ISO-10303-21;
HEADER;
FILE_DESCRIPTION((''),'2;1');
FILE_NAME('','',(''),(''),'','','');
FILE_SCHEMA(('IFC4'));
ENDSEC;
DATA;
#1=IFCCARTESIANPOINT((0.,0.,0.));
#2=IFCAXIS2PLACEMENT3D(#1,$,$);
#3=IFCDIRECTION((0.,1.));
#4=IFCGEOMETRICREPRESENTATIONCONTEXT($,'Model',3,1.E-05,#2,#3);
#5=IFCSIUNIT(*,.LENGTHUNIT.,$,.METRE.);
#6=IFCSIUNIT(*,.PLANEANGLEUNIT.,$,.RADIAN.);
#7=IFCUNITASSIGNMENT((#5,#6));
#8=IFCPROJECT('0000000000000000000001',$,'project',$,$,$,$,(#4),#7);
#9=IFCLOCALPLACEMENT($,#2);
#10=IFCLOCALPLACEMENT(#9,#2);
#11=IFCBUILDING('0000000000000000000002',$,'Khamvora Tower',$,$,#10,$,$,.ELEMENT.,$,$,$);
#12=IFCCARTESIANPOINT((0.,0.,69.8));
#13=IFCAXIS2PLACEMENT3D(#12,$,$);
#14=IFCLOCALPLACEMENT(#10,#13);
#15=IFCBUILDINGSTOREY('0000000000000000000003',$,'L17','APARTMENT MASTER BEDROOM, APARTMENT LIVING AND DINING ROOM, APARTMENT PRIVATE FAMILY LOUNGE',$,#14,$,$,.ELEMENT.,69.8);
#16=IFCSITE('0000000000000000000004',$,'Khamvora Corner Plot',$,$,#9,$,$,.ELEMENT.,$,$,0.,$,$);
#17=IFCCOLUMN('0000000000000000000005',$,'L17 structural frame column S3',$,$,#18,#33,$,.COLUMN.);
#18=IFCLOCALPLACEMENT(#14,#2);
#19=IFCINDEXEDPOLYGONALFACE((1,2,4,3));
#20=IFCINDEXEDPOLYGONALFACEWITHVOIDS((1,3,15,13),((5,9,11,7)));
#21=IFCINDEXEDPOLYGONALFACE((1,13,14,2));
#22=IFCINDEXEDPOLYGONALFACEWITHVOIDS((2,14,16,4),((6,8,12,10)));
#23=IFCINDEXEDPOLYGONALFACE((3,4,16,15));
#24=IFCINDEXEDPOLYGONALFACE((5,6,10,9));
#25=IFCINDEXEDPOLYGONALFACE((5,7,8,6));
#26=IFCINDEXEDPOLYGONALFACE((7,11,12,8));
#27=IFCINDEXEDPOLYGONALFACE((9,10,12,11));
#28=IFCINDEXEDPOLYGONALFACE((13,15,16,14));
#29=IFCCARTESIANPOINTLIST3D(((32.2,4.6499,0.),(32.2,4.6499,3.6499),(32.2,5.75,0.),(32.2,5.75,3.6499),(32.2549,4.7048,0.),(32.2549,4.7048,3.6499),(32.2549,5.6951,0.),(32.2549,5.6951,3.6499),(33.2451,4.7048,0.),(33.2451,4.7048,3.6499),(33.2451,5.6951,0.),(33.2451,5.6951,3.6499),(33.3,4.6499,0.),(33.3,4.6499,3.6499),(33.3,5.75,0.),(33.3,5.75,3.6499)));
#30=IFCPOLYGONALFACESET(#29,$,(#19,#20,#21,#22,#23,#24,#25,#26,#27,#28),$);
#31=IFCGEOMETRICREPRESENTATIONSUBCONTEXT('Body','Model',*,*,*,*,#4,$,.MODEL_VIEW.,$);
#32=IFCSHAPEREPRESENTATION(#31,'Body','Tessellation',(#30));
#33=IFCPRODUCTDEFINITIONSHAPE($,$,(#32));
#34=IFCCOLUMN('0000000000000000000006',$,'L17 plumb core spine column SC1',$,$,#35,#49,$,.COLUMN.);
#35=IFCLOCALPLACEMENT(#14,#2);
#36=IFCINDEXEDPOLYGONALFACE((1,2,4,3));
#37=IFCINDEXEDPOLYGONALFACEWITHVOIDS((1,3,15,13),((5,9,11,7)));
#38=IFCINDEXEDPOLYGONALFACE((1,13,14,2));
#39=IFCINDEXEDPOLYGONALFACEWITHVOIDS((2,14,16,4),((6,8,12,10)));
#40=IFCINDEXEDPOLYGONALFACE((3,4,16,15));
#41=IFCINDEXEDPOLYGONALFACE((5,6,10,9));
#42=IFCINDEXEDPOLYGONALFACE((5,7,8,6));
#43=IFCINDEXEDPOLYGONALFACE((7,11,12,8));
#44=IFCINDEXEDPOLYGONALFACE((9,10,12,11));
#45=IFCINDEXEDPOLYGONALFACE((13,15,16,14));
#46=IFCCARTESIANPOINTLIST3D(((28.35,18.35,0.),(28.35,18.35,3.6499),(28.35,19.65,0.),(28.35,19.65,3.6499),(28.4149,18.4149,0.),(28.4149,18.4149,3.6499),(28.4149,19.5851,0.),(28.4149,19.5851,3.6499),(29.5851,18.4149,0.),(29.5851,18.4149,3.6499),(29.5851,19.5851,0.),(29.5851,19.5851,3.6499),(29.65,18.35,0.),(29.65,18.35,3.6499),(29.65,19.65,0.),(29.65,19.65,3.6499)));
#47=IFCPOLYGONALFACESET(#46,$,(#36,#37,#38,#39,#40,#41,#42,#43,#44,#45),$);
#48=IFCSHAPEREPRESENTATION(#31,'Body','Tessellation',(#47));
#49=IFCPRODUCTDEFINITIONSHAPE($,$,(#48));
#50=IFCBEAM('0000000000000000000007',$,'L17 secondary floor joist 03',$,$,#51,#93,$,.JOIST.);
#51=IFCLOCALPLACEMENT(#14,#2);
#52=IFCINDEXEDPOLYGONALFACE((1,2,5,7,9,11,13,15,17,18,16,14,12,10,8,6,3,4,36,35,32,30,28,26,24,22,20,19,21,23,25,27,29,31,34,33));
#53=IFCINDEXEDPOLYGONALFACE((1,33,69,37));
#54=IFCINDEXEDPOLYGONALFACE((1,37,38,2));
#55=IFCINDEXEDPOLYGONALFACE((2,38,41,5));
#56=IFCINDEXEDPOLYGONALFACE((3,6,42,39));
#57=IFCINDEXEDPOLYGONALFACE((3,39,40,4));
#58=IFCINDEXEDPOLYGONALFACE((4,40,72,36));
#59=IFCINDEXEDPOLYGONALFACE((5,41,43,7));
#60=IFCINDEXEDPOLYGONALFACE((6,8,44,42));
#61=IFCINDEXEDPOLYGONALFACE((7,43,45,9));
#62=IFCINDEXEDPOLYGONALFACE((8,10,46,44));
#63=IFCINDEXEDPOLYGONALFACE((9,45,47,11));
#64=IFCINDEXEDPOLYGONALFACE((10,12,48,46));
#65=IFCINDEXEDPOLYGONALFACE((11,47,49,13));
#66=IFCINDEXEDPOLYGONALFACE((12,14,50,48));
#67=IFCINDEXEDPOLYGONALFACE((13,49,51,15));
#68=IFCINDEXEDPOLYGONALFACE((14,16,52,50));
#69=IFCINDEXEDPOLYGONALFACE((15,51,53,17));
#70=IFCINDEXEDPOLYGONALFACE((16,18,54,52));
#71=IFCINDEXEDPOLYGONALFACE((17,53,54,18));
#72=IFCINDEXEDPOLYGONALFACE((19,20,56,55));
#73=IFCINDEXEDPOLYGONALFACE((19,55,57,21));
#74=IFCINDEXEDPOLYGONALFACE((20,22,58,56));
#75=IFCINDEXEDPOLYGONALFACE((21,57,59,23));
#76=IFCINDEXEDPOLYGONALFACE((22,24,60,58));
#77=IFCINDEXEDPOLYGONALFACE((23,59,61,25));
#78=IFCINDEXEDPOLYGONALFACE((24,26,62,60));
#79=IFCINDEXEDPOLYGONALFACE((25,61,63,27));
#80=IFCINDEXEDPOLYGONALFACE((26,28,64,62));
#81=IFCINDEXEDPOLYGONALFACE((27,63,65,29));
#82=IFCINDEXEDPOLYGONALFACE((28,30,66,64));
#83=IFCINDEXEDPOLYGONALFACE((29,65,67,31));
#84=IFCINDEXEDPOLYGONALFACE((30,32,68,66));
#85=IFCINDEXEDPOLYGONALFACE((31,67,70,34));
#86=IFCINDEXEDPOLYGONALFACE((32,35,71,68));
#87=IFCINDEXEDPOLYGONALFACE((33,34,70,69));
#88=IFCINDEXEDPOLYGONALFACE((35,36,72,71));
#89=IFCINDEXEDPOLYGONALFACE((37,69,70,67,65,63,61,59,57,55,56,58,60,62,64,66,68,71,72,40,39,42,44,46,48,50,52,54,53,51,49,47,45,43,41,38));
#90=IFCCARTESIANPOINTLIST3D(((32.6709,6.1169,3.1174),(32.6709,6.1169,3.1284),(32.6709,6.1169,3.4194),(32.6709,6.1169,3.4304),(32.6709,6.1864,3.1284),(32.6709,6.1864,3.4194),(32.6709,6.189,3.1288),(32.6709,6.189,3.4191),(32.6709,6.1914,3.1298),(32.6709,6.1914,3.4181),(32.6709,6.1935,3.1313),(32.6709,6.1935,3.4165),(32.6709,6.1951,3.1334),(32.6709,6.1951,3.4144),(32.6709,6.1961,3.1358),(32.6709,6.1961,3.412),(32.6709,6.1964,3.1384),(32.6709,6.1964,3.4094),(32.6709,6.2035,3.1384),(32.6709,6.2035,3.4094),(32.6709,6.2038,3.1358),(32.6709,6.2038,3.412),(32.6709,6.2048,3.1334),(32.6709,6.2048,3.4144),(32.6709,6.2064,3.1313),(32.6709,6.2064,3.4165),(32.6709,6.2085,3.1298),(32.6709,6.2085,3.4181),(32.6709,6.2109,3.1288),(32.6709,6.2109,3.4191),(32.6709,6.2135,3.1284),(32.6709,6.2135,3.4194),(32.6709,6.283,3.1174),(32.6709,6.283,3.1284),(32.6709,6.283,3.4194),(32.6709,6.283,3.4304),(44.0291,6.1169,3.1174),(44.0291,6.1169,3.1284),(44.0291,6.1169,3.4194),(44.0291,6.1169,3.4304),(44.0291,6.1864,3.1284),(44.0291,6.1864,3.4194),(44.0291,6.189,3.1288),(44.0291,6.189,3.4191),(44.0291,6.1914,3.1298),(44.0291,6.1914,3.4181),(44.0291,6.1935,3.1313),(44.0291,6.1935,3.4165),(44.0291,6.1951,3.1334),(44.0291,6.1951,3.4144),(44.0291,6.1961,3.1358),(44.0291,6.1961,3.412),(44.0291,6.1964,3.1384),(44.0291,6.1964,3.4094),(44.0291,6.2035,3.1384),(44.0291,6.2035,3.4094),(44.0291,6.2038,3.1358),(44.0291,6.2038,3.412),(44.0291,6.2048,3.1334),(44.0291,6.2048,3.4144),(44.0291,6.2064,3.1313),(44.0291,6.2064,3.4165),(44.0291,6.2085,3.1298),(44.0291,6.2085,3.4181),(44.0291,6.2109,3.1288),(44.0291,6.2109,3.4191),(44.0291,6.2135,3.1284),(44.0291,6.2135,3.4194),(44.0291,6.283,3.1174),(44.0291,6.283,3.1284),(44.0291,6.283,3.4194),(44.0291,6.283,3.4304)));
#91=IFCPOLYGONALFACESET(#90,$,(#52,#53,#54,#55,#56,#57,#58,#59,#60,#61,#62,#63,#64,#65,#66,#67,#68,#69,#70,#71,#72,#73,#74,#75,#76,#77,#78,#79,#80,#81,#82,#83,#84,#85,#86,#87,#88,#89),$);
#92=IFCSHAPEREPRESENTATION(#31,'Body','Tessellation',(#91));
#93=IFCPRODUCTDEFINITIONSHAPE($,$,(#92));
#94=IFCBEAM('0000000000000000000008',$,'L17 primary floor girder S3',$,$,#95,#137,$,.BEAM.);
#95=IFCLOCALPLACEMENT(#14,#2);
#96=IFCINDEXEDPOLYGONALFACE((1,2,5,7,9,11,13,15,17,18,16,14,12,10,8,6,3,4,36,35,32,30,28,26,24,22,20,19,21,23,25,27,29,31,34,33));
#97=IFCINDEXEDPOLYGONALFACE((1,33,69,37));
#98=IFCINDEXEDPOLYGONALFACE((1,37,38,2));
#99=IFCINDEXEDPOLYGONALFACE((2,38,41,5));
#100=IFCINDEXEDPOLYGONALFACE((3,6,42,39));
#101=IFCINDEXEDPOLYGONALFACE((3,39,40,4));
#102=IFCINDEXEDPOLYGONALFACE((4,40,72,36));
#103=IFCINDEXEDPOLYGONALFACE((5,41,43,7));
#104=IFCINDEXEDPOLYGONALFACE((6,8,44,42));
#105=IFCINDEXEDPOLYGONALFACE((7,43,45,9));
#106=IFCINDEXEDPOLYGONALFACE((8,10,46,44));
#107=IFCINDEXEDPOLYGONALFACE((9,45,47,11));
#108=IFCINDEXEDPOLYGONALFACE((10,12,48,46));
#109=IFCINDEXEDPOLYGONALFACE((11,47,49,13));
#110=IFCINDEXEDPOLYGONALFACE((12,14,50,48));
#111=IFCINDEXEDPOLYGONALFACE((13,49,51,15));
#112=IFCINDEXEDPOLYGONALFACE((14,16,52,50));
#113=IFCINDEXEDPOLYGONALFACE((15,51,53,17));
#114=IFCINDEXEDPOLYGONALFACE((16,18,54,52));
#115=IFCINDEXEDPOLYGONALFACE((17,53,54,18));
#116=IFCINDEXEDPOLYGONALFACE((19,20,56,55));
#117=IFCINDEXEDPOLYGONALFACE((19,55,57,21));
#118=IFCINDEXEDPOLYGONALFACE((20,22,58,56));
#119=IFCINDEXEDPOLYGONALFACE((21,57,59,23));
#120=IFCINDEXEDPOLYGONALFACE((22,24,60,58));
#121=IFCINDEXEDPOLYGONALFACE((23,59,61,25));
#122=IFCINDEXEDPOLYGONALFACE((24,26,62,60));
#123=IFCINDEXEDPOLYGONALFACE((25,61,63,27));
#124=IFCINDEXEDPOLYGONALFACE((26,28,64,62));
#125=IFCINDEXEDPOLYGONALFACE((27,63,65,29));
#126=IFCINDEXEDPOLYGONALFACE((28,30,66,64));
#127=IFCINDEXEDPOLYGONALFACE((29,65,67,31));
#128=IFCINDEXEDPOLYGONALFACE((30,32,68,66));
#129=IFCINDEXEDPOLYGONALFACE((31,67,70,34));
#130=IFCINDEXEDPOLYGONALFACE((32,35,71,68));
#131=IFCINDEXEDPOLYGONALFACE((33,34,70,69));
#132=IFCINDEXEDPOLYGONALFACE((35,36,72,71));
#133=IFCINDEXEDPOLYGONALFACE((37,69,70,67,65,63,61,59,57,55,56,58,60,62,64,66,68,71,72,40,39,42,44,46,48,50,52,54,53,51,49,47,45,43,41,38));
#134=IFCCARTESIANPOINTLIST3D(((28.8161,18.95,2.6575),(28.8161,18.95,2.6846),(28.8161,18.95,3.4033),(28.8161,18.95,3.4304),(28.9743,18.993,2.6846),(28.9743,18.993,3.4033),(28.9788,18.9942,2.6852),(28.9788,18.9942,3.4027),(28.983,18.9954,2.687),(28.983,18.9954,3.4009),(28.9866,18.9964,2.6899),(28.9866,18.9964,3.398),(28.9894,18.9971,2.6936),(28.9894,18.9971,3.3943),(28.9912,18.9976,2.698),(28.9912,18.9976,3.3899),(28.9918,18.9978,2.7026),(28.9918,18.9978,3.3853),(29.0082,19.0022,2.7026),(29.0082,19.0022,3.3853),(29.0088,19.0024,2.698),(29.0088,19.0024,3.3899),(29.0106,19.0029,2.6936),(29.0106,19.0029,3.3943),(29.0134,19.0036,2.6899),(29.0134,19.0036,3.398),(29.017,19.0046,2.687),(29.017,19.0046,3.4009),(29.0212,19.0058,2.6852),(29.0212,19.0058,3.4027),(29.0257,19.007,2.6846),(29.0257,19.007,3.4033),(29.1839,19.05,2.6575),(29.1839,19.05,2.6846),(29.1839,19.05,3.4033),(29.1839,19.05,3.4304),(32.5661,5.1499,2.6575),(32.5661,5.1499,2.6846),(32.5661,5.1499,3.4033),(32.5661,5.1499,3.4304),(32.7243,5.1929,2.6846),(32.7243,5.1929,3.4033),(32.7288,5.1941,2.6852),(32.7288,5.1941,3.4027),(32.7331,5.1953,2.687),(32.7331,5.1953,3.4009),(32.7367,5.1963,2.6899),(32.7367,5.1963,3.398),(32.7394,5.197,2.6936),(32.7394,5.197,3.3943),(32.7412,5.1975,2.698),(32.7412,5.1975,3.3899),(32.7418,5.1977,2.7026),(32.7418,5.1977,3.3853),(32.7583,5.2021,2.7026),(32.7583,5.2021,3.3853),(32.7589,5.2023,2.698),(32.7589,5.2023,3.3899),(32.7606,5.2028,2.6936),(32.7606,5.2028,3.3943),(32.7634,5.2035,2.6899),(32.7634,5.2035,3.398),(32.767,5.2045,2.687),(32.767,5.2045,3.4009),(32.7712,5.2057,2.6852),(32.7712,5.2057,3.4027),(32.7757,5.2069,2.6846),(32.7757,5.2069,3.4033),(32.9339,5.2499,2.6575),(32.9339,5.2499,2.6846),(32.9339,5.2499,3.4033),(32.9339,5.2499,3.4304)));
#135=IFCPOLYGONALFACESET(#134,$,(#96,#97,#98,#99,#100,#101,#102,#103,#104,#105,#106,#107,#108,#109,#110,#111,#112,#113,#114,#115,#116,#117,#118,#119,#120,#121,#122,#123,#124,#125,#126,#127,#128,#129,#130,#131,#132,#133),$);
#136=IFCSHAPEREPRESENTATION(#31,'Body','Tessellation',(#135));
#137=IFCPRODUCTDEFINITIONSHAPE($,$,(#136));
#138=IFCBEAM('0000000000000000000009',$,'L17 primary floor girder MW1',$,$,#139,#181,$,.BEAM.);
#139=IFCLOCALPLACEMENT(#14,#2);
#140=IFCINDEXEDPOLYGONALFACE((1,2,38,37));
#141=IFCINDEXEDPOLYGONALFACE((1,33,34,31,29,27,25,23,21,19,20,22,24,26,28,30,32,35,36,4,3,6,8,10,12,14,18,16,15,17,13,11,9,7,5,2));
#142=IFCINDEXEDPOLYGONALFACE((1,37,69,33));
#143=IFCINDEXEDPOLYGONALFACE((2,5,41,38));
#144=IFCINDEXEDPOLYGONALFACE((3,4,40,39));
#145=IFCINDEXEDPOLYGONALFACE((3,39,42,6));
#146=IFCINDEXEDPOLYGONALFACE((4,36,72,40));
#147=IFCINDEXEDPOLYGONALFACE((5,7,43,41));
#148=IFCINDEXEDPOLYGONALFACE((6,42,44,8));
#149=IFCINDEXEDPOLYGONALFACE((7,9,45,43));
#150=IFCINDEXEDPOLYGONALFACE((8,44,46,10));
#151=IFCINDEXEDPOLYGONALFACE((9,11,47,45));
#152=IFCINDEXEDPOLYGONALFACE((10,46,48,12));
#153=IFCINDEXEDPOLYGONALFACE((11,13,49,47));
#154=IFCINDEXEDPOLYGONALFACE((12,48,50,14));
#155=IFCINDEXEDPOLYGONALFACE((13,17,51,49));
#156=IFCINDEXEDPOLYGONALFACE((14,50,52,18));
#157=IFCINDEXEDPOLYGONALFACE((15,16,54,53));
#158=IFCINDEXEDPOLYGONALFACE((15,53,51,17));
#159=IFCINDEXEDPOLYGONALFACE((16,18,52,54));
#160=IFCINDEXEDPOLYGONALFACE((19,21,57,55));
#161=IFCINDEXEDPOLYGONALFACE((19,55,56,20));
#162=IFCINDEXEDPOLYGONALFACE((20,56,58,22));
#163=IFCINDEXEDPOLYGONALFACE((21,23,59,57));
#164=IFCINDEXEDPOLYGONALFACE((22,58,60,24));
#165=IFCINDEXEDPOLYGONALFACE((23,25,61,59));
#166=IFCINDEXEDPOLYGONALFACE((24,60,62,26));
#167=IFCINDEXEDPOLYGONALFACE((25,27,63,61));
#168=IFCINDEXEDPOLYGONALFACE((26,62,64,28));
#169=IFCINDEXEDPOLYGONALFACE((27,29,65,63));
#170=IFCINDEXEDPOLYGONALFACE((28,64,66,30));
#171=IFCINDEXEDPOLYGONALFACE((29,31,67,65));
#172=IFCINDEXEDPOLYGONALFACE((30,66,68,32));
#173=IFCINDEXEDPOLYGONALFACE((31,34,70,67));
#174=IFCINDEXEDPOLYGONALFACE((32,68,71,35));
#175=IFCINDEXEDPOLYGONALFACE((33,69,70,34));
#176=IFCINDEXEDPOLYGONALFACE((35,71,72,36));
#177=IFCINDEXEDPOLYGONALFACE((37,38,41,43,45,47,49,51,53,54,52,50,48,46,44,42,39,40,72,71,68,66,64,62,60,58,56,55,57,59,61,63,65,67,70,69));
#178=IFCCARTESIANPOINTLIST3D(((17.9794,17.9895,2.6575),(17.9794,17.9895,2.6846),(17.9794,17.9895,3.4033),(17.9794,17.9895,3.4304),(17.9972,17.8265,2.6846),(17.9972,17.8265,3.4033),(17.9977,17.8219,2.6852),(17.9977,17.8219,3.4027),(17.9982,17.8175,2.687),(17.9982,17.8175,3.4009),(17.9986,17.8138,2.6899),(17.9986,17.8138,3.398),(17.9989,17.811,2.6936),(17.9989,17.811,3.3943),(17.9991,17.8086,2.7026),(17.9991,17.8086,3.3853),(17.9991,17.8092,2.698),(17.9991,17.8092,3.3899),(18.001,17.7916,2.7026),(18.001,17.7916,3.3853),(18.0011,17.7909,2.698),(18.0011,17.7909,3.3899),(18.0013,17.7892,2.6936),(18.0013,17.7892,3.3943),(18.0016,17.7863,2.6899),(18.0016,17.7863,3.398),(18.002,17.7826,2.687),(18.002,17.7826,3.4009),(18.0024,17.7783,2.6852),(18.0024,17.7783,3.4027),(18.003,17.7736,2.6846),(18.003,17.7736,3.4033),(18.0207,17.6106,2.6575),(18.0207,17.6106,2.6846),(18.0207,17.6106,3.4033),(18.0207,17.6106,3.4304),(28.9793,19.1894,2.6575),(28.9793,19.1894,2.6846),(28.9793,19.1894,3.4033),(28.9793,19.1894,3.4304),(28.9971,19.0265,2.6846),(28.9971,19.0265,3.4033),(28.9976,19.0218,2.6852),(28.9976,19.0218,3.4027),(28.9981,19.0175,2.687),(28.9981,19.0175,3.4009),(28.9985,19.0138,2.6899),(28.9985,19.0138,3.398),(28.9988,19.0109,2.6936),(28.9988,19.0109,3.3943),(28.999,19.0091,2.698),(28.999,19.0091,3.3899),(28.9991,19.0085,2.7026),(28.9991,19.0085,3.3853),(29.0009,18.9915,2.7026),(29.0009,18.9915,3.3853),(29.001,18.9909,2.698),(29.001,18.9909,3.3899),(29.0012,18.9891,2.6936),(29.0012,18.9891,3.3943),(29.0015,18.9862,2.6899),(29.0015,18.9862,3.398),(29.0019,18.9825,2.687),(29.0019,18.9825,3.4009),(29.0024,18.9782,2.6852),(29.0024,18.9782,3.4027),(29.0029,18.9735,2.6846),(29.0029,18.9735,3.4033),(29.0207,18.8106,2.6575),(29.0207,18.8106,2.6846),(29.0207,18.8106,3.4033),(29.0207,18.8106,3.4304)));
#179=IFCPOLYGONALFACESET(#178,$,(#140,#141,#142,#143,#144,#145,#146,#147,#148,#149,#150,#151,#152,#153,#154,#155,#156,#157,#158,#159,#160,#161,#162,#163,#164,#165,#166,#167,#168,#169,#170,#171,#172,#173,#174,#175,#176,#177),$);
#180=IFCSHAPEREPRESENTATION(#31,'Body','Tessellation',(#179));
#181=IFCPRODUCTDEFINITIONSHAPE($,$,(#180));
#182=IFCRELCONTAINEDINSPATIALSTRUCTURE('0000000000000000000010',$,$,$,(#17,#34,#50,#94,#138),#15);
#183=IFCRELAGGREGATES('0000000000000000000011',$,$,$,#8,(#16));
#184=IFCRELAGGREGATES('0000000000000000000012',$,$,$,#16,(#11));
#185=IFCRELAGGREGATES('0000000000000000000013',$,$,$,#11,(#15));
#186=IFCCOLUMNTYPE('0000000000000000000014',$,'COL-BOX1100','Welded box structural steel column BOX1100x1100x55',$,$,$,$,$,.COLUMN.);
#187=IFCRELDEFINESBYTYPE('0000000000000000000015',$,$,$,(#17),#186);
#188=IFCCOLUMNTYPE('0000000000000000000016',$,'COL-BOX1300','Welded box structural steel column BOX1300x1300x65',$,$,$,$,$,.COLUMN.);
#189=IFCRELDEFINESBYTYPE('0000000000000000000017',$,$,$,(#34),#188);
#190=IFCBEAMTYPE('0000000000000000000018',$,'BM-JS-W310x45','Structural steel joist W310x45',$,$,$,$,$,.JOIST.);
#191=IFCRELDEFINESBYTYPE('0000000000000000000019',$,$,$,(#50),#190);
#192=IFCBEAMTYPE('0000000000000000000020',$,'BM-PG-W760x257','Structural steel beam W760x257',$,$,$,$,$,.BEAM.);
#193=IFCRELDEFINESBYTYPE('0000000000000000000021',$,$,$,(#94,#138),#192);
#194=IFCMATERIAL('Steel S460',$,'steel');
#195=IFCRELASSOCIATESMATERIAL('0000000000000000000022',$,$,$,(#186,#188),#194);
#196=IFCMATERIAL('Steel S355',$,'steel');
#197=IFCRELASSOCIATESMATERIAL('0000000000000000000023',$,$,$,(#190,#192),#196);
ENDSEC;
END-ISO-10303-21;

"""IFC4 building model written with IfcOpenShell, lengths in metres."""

from ifc_helpers import new_model, si_unit, direction, frame, origin, origin_2d, place, context, subcontext, project, spatial, hollow_rectangle, i_section, extrude, material, material_profile, profile_set, type_object, element, save


model = new_model("IFC4")

# Units and contexts
model_context = context("Model", 3, precision=1e-05, world=origin(), true_north=direction((0.0, 1.0)))
body_context = subcontext(model_context, "Body", "Model", "MODEL_VIEW")
ifc_project = project(units=[si_unit("LENGTHUNIT", "METRE"), si_unit("PLANEANGLEUNIT", "RADIAN")], contexts=[model_context])

# Site, building, storey
site_placement = place(None, origin())
site = spatial("IfcSite", under=ifc_project, at=site_placement, Name="Khamvora Corner Plot", CompositionType="ELEMENT", RefElevation=0.0)
building_placement = place(site_placement, origin())
building = spatial("IfcBuilding", under=site, at=building_placement, Name="Khamvora Tower", CompositionType="ELEMENT")
storey_placement = place(building_placement, frame((0.0, 0.0, 69.8)))
storey = spatial("IfcBuildingStorey", under=building, at=storey_placement, Name="L17", Description="APARTMENT MASTER BEDROOM, APARTMENT LIVING AND DINING ROOM, APARTMENT PRIVATE FAMILY LOUNGE", CompositionType="ELEMENT", Elevation=69.8)

# Columns
ifc_material_1 = material(Name="Steel S460", Category="steel")
ifc_material_profile_1 = material_profile(ifc_material_1, hollow_rectangle(XDim=1.1001, YDim=1.1001, WallThickness=0.0549, at=origin_2d()), Name="BOX1100x1100x55")
ifc_profile_set_1 = profile_set([ifc_material_profile_1], Name="Steel S460")
column_type_1 = type_object("IfcColumnType", Name="COL-BOX1100", Description="Welded box structural steel column BOX1100x1100x55", PredefinedType="COLUMN", material=ifc_profile_set_1)
column_1_placement = place(storey_placement, frame((32.75, 5.2, 0.0), z_axis=(0.0, 0.0, 1.0), x_axis=(1.0, 0.0, 0.0)))
element("IfcColumn", 1, at=column_1_placement, inside=storey, type_object=column_type_1, Name="L17 structural frame column S3", PredefinedType="COLUMN", context=body_context, shape_type="SweptSolid", body=[
    extrude(hollow_rectangle(XDim=1.1001, YDim=1.1001, WallThickness=0.0549, at=origin_2d()), origin(), (0.0, 0.0, 1.0), 3.6499),
])
ifc_material_profile_2 = material_profile(ifc_material_1, hollow_rectangle(XDim=1.3, YDim=1.3, WallThickness=0.0649, at=origin_2d()), Name="BOX1300x1300x65")
ifc_profile_set_2 = profile_set([ifc_material_profile_2], Name="Steel S460")
column_type_2 = type_object("IfcColumnType", Name="COL-BOX1300", Description="Welded box structural steel column BOX1300x1300x65", PredefinedType="COLUMN", material=ifc_profile_set_2)
column_2_placement = place(storey_placement, frame((29.0, 19.0, 0.0), z_axis=(0.0, 0.0, 1.0), x_axis=(1.0, 0.0, 0.0)))
element("IfcColumn", 2, at=column_2_placement, inside=storey, type_object=column_type_2, Name="L17 plumb core spine column SC1", PredefinedType="COLUMN", context=body_context, shape_type="SweptSolid", body=[
    extrude(hollow_rectangle(XDim=1.3, YDim=1.3, WallThickness=0.0649, at=origin_2d()), origin(), (0.0, 0.0, 1.0), 3.6499),
])

# Beams
ifc_material_2 = material(Name="Steel S355", Category="steel")
ifc_material_profile_3 = material_profile(ifc_material_2, i_section(OverallWidth=0.166, OverallDepth=0.313, WebThickness=0.0071, FlangeThickness=0.011, FilletRadius=0.01, at=origin_2d()), Name="W310x45")
ifc_profile_set_3 = profile_set([ifc_material_profile_3], Name="Steel S355")
beam_type_1 = type_object("IfcBeamType", Name="BM-JS-W310x45", Description="Structural steel joist W310x45", PredefinedType="JOIST", material=ifc_profile_set_3)
beam_1_placement = place(storey_placement, frame((32.6709, 6.2, 3.2739), z_axis=(1.0, 0.0, 0.0), x_axis=(0.0, 1.0, 0.0)))
element("IfcBeam", 3, at=beam_1_placement, inside=storey, type_object=beam_type_1, Name="L17 secondary floor joist 03", PredefinedType="JOIST", context=body_context, shape_type="SweptSolid", body=[
    extrude(i_section(OverallWidth=0.166, OverallDepth=0.313, WebThickness=0.0071, FlangeThickness=0.011, FilletRadius=0.01, at=origin_2d()), origin(), (0.0, 0.0, 1.0), 11.3582),
])
ifc_material_profile_4 = material_profile(ifc_material_2, i_section(OverallWidth=0.3811, OverallDepth=0.7729, WebThickness=0.0171, FlangeThickness=0.0271, FilletRadius=0.0181, at=origin_2d()), Name="W760x257")
ifc_profile_set_4 = profile_set([ifc_material_profile_4], Name="Steel S355")
beam_type_2 = type_object("IfcBeamType", Name="BM-PG-W760x257", Description="Structural steel beam W760x257", PredefinedType="BEAM", material=ifc_profile_set_4)
beam_2_placement = place(storey_placement, frame((29.0, 19.0, 3.0439), z_axis=(0.262229, -0.965006, 0.0), x_axis=(0.965006, 0.262229, 0.0)))
element("IfcBeam", 4, at=beam_2_placement, inside=storey, type_object=beam_type_2, Name="L17 primary floor girder S3", PredefinedType="BEAM", context=body_context, shape_type="SweptSolid", body=[
    extrude(i_section(OverallWidth=0.3811, OverallDepth=0.7729, WebThickness=0.0171, FlangeThickness=0.0271, FilletRadius=0.0181, at=origin_2d()), origin(), (0.0, 0.0, 1.0), 14.3005),
])
beam_3_placement = place(storey_placement, frame((29.0, 19.0, 3.0439), z_axis=(-0.994103, -0.108443, 0.0), x_axis=(0.108443, -0.994103, 0.0)))
element("IfcBeam", 5, at=beam_3_placement, inside=storey, type_object=beam_type_2, Name="L17 primary floor girder MW1", PredefinedType="BEAM", context=body_context, shape_type="SweptSolid", body=[
    extrude(i_section(OverallWidth=0.3811, OverallDepth=0.7729, WebThickness=0.0171, FlangeThickness=0.0271, FilletRadius=0.0181, at=origin_2d()), origin(), (0.0, 0.0, 1.0), 11.0652),
])

save(model, "model.ifc")
